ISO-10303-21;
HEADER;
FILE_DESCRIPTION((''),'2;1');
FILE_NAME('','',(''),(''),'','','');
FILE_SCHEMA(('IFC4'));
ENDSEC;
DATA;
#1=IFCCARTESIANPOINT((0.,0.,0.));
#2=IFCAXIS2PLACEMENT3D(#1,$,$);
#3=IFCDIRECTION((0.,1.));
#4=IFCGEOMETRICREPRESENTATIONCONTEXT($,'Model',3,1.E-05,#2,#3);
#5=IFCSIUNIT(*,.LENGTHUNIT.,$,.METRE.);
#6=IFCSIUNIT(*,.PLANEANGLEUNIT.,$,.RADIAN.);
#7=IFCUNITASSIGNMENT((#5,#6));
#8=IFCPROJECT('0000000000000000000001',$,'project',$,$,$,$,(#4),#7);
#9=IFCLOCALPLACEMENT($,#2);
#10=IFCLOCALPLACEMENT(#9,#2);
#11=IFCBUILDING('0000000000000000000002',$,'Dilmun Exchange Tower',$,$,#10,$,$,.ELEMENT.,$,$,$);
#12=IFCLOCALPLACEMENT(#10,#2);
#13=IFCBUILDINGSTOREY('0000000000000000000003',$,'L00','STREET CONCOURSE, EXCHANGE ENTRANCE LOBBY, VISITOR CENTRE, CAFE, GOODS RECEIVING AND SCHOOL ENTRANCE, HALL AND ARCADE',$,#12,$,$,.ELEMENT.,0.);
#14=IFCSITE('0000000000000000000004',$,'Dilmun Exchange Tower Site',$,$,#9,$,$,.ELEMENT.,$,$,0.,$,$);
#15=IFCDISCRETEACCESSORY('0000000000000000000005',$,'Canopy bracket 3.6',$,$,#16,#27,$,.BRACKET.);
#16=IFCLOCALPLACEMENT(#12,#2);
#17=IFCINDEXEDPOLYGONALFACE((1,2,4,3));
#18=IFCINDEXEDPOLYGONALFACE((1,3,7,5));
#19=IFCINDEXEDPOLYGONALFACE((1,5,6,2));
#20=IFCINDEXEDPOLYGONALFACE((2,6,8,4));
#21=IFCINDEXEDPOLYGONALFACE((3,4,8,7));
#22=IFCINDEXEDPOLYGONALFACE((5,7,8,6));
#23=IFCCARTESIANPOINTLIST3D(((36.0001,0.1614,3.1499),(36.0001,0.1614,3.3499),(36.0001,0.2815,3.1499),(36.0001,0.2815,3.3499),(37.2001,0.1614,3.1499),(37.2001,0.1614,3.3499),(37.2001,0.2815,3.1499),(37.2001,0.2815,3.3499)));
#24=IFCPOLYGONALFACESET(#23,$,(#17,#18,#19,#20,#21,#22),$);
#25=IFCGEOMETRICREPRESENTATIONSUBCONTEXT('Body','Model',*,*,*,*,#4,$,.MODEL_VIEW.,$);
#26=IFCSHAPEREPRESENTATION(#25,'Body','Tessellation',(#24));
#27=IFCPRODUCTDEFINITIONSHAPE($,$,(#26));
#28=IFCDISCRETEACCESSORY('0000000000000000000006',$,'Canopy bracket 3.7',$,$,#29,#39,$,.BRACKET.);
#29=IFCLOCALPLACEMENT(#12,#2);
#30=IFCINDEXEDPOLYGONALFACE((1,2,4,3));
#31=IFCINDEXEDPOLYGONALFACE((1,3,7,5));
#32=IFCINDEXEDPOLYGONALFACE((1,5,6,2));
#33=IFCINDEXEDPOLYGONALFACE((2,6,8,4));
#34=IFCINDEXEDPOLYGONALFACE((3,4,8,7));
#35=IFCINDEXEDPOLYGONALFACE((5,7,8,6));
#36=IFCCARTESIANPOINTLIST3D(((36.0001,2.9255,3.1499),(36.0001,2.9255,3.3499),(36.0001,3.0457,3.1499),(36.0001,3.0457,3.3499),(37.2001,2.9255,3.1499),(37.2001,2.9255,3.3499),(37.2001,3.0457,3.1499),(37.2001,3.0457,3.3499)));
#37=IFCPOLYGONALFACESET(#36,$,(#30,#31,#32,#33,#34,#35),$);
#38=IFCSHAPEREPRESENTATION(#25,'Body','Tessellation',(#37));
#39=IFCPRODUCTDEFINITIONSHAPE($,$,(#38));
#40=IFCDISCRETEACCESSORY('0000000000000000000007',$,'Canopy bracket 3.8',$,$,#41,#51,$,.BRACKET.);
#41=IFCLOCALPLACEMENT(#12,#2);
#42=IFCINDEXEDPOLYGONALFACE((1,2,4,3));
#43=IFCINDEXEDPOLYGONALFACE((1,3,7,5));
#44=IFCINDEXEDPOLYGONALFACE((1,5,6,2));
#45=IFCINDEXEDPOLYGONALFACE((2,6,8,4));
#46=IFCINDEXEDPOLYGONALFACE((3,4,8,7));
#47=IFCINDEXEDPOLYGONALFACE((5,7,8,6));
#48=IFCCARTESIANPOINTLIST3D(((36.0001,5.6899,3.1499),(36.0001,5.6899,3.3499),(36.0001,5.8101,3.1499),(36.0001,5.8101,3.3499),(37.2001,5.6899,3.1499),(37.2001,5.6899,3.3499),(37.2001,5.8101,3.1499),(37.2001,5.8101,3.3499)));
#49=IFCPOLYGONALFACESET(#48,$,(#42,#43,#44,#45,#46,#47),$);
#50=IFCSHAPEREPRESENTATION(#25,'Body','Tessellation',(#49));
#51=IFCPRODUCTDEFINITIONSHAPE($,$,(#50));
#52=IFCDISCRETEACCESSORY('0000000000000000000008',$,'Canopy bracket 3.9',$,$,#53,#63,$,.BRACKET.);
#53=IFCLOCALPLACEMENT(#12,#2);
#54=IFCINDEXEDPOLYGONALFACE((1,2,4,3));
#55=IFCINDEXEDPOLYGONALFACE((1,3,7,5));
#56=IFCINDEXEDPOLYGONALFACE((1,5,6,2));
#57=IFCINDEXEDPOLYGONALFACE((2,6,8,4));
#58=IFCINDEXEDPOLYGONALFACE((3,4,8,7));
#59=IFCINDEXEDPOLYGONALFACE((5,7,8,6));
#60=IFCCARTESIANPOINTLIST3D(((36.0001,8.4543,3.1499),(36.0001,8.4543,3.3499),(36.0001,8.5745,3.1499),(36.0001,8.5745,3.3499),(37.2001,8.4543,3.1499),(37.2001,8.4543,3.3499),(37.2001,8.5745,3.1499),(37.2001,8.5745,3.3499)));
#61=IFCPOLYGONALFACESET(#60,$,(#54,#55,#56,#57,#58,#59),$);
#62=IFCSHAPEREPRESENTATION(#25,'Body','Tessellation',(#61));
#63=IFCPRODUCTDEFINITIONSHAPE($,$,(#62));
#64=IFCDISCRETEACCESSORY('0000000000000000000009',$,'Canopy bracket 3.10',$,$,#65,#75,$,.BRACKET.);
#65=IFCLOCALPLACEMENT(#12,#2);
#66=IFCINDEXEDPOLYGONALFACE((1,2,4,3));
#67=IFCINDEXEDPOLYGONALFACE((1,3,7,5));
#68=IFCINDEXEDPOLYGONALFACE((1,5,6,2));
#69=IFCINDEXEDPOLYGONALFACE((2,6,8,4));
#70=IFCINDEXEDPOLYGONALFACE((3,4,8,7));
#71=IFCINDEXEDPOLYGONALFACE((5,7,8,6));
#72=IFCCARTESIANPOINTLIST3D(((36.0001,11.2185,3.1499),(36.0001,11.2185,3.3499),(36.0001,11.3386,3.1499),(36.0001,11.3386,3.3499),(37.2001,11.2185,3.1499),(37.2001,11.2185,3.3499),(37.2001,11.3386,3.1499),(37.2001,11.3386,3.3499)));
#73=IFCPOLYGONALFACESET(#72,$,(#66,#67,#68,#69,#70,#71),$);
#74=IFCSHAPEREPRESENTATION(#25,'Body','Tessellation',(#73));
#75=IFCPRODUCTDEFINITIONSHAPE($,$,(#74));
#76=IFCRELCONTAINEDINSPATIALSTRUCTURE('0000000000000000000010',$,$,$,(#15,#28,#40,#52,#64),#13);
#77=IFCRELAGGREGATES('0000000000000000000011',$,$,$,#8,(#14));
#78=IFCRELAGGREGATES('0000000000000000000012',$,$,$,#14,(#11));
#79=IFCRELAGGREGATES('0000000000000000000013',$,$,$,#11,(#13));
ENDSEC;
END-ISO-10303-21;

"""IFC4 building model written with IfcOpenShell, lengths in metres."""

from ifc_helpers import new_model, si_unit, direction, frame, origin, origin_2d, place, context, subcontext, project, spatial, rectangle, extrude, element, save


model = new_model("IFC4")

# Units and contexts
model_context = context("Model", 3, precision=1e-05, world=origin(), true_north=direction((0.0, 1.0)))
body_context = subcontext(model_context, "Body", "Model", "MODEL_VIEW")
ifc_project = project(units=[si_unit("LENGTHUNIT", "METRE"), si_unit("PLANEANGLEUNIT", "RADIAN")], contexts=[model_context])

# Site, building, storey
site_placement = place(None, origin())
site = spatial("IfcSite", under=ifc_project, at=site_placement, Name="Dilmun Exchange Tower Site", CompositionType="ELEMENT", RefElevation=0.0)
building_placement = place(site_placement, origin())
building = spatial("IfcBuilding", under=site, at=building_placement, Name="Dilmun Exchange Tower", CompositionType="ELEMENT")
storey_placement = place(building_placement, origin())
storey = spatial("IfcBuildingStorey", under=building, at=storey_placement, Name="L00", Description="STREET CONCOURSE, EXCHANGE ENTRANCE LOBBY, VISITOR CENTRE, CAFE, GOODS RECEIVING AND SCHOOL ENTRANCE, HALL AND ARCADE", CompositionType="ELEMENT", Elevation=0.0)

# Discrete accessories
for number, where, z_axis, x_axis, name in (
    (1, (36.6001, 0.2214, 3.1499), (0.0, 0.0, 1.0), (1.0, 0.0, 0.0), "Canopy bracket 3.6"),
    (2, (36.6001, 2.9856, 3.1499), (0.0, 0.0, 1.0), (1.0, 0.0, 0.0), "Canopy bracket 3.7"),
    (3, (36.6001, 5.75, 3.1499), (0.0, 0.0, 1.0), (1.0, 0.0, 0.0), "Canopy bracket 3.8"),
    (4, (36.6001, 8.5144, 3.1499), (0.0, 0.0, 1.0), (1.0, 0.0, 0.0), "Canopy bracket 3.9"),
    (5, (36.6001, 11.2786, 3.1499), (0.0, 0.0, 1.0), (1.0, 0.0, 0.0), "Canopy bracket 3.10"),
):
    element("IfcDiscreteAccessory", number, at=place(storey_placement, frame(where, z_axis=z_axis, x_axis=x_axis)), inside=storey, Name=name, PredefinedType="BRACKET", context=body_context, shape_type="SweptSolid", body=[
        extrude(rectangle(XDim=1.2, YDim=0.1201, at=origin_2d()), origin(), (0.0, 0.0, 1.0), 0.2),
    ])

save(model, "model.ifc")
